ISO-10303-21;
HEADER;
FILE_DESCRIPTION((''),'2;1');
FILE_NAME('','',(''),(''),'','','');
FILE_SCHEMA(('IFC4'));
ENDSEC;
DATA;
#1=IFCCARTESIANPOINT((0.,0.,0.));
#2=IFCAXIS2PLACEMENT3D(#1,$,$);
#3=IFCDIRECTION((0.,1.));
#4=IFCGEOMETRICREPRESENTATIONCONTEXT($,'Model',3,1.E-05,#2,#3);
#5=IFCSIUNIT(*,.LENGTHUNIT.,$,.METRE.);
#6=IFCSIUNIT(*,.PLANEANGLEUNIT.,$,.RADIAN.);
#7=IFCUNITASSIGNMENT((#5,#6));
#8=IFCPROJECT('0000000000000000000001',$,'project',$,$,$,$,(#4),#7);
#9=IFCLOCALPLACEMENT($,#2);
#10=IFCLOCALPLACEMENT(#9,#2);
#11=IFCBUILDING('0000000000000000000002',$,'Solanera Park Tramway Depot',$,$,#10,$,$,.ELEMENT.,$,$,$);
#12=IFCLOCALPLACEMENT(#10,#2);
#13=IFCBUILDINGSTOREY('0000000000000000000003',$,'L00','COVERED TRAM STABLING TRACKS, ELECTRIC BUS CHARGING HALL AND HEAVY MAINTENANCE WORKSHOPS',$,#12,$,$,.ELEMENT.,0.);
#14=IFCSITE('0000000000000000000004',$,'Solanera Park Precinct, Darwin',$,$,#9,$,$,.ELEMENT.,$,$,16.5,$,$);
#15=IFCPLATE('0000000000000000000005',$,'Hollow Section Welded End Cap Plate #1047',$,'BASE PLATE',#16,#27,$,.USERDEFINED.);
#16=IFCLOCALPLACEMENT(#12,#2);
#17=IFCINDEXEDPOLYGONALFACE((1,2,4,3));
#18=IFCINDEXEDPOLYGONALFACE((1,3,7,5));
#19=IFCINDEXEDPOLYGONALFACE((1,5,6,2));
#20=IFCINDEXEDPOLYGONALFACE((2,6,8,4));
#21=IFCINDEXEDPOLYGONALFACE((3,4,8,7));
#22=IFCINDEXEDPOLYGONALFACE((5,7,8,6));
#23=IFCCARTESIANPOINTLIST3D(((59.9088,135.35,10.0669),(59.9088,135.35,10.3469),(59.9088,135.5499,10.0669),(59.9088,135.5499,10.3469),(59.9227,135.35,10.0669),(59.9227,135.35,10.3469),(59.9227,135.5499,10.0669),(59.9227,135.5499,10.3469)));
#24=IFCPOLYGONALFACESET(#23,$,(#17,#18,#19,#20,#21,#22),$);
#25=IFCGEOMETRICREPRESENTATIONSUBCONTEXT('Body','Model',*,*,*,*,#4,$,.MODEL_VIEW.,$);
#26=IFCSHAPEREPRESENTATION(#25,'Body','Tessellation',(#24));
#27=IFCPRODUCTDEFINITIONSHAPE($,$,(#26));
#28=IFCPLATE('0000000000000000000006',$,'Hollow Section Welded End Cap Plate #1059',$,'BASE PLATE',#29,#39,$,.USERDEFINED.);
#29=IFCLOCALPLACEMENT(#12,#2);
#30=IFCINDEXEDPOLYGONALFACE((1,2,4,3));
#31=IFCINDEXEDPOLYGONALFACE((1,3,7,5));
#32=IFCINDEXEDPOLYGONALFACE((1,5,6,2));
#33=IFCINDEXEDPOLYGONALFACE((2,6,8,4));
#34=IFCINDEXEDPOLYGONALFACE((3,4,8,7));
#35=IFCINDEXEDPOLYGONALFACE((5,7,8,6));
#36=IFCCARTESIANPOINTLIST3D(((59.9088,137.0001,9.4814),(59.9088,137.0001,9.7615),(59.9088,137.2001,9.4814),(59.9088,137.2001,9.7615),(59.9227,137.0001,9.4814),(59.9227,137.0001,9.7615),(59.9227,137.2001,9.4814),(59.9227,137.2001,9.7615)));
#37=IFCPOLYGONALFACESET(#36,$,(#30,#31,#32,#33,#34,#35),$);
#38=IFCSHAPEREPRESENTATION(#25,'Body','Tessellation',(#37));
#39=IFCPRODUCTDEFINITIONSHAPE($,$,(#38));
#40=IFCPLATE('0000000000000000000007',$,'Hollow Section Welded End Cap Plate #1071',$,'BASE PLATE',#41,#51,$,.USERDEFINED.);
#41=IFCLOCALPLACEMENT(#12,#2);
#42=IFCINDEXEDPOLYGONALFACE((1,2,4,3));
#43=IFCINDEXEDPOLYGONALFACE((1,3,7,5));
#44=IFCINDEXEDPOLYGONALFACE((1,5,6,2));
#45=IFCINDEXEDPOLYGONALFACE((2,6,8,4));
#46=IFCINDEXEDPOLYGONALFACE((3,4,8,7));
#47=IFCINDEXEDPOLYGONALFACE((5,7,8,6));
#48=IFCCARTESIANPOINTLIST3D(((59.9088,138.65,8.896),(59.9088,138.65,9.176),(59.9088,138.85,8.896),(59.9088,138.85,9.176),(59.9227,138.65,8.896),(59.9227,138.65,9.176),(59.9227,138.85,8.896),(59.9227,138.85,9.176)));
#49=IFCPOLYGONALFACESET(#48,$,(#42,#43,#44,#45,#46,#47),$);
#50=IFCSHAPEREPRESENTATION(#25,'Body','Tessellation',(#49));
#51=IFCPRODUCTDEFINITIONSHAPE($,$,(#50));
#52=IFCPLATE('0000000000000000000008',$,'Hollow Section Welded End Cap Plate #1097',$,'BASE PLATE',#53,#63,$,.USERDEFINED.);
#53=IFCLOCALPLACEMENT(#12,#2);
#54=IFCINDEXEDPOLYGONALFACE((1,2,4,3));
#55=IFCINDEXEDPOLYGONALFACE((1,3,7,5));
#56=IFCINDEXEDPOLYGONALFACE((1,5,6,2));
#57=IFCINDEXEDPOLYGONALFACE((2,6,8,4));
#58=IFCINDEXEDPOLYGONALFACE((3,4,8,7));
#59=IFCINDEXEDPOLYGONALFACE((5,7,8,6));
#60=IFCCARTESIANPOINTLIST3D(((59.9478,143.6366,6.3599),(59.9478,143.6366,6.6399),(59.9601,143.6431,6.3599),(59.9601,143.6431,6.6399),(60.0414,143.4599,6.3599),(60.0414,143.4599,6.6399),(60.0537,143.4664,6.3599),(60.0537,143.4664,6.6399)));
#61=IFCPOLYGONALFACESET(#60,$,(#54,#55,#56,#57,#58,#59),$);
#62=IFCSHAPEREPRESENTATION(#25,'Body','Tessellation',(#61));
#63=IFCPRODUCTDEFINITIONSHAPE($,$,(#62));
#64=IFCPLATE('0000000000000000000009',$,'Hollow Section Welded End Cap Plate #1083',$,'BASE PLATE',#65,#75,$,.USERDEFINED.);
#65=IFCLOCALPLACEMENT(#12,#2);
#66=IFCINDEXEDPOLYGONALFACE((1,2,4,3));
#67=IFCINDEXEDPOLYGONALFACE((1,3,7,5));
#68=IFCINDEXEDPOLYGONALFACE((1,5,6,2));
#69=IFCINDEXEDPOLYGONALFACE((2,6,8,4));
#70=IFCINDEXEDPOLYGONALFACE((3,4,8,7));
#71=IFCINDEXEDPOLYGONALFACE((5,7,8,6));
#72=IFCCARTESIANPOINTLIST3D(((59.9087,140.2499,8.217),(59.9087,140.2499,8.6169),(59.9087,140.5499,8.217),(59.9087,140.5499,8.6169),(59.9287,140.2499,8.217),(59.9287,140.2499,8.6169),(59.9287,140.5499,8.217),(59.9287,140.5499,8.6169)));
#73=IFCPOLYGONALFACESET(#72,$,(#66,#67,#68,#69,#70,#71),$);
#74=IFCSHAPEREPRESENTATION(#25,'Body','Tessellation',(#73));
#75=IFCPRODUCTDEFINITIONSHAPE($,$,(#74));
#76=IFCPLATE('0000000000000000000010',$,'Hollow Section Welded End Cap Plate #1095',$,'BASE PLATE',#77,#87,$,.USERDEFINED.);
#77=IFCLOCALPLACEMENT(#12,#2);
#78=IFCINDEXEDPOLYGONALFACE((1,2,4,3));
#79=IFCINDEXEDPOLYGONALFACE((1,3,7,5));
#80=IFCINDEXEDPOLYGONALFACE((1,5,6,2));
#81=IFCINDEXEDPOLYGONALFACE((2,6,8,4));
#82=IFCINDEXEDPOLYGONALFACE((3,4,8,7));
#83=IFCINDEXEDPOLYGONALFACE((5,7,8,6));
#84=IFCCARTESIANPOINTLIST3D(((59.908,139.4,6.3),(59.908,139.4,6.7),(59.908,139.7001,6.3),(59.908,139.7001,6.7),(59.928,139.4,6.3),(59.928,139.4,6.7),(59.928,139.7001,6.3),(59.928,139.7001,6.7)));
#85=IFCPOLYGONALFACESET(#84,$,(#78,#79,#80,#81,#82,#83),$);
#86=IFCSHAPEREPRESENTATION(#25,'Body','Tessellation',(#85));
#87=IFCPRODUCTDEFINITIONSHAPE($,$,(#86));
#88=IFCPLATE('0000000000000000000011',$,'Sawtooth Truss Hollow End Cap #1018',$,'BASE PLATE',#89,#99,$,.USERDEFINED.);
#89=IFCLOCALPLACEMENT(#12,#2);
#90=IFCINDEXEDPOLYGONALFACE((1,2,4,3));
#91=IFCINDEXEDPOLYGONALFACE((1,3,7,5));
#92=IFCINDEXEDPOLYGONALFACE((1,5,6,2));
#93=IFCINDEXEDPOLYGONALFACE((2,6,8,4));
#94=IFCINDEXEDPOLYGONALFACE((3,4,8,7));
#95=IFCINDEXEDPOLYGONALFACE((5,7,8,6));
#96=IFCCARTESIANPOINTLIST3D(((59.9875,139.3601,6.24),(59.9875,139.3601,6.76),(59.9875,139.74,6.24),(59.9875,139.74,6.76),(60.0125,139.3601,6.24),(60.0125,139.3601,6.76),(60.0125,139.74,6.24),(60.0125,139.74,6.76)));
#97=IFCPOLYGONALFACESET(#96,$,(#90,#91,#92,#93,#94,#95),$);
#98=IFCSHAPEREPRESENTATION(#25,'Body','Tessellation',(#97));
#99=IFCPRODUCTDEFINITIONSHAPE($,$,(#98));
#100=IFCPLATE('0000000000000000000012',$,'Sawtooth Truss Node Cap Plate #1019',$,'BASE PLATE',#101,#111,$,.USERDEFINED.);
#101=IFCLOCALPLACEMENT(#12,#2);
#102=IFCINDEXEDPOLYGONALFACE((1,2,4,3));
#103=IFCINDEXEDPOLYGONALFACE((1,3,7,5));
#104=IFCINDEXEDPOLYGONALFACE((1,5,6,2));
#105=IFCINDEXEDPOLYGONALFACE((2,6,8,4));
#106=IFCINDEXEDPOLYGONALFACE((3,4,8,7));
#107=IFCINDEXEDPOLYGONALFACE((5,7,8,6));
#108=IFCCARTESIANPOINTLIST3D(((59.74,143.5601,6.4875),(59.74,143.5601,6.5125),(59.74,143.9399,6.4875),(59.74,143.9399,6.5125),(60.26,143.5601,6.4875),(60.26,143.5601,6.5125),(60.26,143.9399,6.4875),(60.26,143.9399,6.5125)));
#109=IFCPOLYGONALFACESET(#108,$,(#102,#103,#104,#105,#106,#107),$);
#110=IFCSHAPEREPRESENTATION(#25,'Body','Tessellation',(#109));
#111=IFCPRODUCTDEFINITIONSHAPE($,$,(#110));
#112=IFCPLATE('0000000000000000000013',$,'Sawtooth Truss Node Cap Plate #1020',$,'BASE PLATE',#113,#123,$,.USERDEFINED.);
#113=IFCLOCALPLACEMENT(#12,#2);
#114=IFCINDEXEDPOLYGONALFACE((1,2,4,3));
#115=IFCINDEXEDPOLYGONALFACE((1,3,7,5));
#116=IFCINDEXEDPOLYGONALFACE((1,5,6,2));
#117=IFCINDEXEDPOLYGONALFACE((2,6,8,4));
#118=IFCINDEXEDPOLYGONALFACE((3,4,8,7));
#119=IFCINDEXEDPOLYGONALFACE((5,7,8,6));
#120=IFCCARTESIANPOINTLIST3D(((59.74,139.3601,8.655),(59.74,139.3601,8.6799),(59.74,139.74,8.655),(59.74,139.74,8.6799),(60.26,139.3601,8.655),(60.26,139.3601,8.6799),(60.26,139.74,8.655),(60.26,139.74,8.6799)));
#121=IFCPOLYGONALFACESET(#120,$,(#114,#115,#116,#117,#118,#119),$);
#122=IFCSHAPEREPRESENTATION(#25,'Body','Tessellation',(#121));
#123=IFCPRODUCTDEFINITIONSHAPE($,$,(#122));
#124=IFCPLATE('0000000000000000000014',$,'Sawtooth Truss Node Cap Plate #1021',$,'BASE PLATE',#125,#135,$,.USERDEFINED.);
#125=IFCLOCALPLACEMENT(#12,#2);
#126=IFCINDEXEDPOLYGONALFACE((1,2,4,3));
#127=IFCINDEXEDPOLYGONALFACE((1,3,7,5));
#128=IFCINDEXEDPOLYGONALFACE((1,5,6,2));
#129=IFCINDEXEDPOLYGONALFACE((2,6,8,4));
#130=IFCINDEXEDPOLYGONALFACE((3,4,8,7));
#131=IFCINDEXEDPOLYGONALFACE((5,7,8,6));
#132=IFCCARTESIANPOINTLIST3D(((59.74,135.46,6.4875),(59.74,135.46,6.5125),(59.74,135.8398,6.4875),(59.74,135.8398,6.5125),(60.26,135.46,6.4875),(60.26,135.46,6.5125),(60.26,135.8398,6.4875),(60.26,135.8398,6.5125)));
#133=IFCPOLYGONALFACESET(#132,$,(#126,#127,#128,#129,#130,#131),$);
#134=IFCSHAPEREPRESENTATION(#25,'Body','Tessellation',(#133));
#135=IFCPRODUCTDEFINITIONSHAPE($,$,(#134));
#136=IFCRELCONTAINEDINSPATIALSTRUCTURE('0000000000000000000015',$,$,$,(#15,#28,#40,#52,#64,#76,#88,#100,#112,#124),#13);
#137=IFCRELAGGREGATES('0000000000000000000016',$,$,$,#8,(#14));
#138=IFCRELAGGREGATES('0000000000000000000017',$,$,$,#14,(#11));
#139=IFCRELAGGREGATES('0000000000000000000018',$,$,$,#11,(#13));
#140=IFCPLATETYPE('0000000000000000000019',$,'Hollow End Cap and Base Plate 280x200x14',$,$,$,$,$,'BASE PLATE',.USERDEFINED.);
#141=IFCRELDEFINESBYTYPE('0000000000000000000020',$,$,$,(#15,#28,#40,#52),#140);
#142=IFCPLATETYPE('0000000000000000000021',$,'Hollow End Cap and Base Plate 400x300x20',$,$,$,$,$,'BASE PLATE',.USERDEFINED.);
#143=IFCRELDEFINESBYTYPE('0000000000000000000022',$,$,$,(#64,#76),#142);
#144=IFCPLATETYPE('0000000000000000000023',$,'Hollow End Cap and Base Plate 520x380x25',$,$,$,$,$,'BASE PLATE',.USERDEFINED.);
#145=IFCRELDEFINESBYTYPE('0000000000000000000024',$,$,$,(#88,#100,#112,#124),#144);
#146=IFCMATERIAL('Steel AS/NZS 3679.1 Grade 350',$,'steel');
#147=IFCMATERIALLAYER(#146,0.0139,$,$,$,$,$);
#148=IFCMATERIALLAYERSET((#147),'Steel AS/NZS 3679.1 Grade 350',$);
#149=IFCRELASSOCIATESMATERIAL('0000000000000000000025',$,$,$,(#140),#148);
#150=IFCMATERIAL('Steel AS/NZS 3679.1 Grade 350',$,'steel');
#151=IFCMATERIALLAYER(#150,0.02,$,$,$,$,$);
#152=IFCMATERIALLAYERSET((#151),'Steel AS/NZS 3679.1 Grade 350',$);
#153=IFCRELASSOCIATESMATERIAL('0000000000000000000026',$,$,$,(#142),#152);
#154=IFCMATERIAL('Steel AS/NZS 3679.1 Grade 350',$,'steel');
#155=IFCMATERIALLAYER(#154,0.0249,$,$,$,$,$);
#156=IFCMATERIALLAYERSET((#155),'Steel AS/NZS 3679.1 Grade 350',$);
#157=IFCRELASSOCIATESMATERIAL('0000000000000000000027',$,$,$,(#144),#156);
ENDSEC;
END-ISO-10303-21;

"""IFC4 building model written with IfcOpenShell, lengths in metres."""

from ifc_helpers import new_model, si_unit, direction, frame, origin, origin_2d, place, context, subcontext, project, spatial, rectangle, extrude, material, layer, layer_set, type_object, element, save


model = new_model("IFC4")

# Units and contexts
model_context = context("Model", 3, precision=1e-05, world=origin(), true_north=direction((0.0, 1.0)))
body_context = subcontext(model_context, "Body", "Model", "MODEL_VIEW")
ifc_project = project(units=[si_unit("LENGTHUNIT", "METRE"), si_unit("PLANEANGLEUNIT", "RADIAN")], contexts=[model_context])

# Site, building, storey
site_placement = place(None, origin())
site = spatial("IfcSite", under=ifc_project, at=site_placement, Name="Solanera Park Precinct, Darwin", CompositionType="ELEMENT", RefElevation=16.5)
building_placement = place(site_placement, origin())
building = spatial("IfcBuilding", under=site, at=building_placement, Name="Solanera Park Tramway Depot", CompositionType="ELEMENT")
storey_placement = place(building_placement, origin())
storey = spatial("IfcBuildingStorey", under=building, at=storey_placement, Name="L00", Description="COVERED TRAM STABLING TRACKS, ELECTRIC BUS CHARGING HALL AND HEAVY MAINTENANCE WORKSHOPS", CompositionType="ELEMENT", Elevation=0.0)

# Plates
ifc_material_1 = material(Name="Steel AS/NZS 3679.1 Grade 350", Category="steel")
ifc_layer_1 = layer(ifc_material_1, 0.0139)
ifc_layer_set_1 = layer_set([ifc_layer_1], Name="Steel AS/NZS 3679.1 Grade 350")
plate_type_1 = type_object("IfcPlateType", Name="Hollow End Cap and Base Plate 280x200x14", ElementType="BASE PLATE", PredefinedType="USERDEFINED", material=ifc_layer_set_1)
for number, where, z_axis, x_axis, name in (
    (1, (59.9158, 135.45, 10.0669), (0.0, 0.0, 1.0), (1.0, 0.0, 0.0), "Hollow Section Welded End Cap Plate #1047"),
    (2, (59.9158, 137.1001, 9.4814), (0.0, 0.0, 1.0), (1.0, 0.0, 0.0), "Hollow Section Welded End Cap Plate #1059"),
    (3, (59.9158, 138.75, 8.896), (0.0, 0.0, 1.0), (1.0, 0.0, 0.0), "Hollow Section Welded End Cap Plate #1071"),
    (4, (60.0007, 143.5515, 6.3599), (0.0, 0.0, 1.0), (0.883521, 0.468392, 0.0), "Hollow Section Welded End Cap Plate #1097"),
):
    element("IfcPlate", number, at=place(storey_placement, frame(where, z_axis=z_axis, x_axis=x_axis)), inside=storey, type_object=plate_type_1, Name=name, ObjectType="BASE PLATE", PredefinedType="USERDEFINED", context=body_context, shape_type="SweptSolid", body=[
        extrude(rectangle(XDim=0.0139, YDim=0.2, at=origin_2d()), origin(), (0.0, 0.0, 1.0), 0.28),
    ])
ifc_material_2 = material(Name="Steel AS/NZS 3679.1 Grade 350", Category="steel")
ifc_layer_2 = layer(ifc_material_2, 0.02)
ifc_layer_set_2 = layer_set([ifc_layer_2], Name="Steel AS/NZS 3679.1 Grade 350")
plate_type_2 = type_object("IfcPlateType", Name="Hollow End Cap and Base Plate 400x300x20", ElementType="BASE PLATE", PredefinedType="USERDEFINED", material=ifc_layer_set_2)
for number, where, z_axis, x_axis, name in (
    (5, (59.9187, 140.3999, 8.217), (0.0, 0.0, 1.0), (1.0, 0.0, 0.0), "Hollow Section Welded End Cap Plate #1083"),
    (6, (59.918, 139.55, 6.3), (0.0, 0.0, 1.0), (1.0, 0.0, 0.0), "Hollow Section Welded End Cap Plate #1095"),
):
    element("IfcPlate", number, at=place(storey_placement, frame(where, z_axis=z_axis, x_axis=x_axis)), inside=storey, type_object=plate_type_2, Name=name, ObjectType="BASE PLATE", PredefinedType="USERDEFINED", context=body_context, shape_type="SweptSolid", body=[
        extrude(rectangle(XDim=0.02, YDim=0.3, at=origin_2d()), origin(), (0.0, 0.0, 1.0), 0.3999),
    ])
ifc_material_3 = material(Name="Steel AS/NZS 3679.1 Grade 350", Category="steel")
ifc_layer_3 = layer(ifc_material_3, 0.0249)
ifc_layer_set_3 = layer_set([ifc_layer_3], Name="Steel AS/NZS 3679.1 Grade 350")
plate_type_3 = type_object("IfcPlateType", Name="Hollow End Cap and Base Plate 520x380x25", ElementType="BASE PLATE", PredefinedType="USERDEFINED", material=ifc_layer_set_3)
plate_placement = place(storey_placement, frame((60.0, 139.55, 6.24), z_axis=(0.0, 0.0, 1.0), x_axis=(1.0, 0.0, 0.0)))
element("IfcPlate", 7, at=plate_placement, inside=storey, type_object=plate_type_3, Name="Sawtooth Truss Hollow End Cap #1018", ObjectType="BASE PLATE", PredefinedType="USERDEFINED", context=body_context, shape_type="SweptSolid", body=[
    extrude(rectangle(XDim=0.0249, YDim=0.3799, at=origin_2d()), origin(), (0.0, 0.0, 1.0), 0.52),
])
for number, where, z_axis, x_axis, name in (
    (8, (60.0, 143.75, 6.4875), (0.0, 0.0, 1.0), (1.0, 0.0, 0.0), "Sawtooth Truss Node Cap Plate #1019"),
    (9, (60.0, 139.55, 8.655), (0.0, 0.0, 1.0), (1.0, 0.0, 0.0), "Sawtooth Truss Node Cap Plate #1020"),
    (10, (60.0, 135.6499, 6.4875), (0.0, 0.0, 1.0), (1.0, 0.0, 0.0), "Sawtooth Truss Node Cap Plate #1021"),
):
    element("IfcPlate", number, at=place(storey_placement, frame(where, z_axis=z_axis, x_axis=x_axis)), inside=storey, type_object=plate_type_3, Name=name, ObjectType="BASE PLATE", PredefinedType="USERDEFINED", context=body_context, shape_type="SweptSolid", body=[
        extrude(rectangle(XDim=0.52, YDim=0.3799, at=origin_2d()), origin(), (0.0, 0.0, 1.0), 0.0249),
    ])

save(model, "model.ifc")
